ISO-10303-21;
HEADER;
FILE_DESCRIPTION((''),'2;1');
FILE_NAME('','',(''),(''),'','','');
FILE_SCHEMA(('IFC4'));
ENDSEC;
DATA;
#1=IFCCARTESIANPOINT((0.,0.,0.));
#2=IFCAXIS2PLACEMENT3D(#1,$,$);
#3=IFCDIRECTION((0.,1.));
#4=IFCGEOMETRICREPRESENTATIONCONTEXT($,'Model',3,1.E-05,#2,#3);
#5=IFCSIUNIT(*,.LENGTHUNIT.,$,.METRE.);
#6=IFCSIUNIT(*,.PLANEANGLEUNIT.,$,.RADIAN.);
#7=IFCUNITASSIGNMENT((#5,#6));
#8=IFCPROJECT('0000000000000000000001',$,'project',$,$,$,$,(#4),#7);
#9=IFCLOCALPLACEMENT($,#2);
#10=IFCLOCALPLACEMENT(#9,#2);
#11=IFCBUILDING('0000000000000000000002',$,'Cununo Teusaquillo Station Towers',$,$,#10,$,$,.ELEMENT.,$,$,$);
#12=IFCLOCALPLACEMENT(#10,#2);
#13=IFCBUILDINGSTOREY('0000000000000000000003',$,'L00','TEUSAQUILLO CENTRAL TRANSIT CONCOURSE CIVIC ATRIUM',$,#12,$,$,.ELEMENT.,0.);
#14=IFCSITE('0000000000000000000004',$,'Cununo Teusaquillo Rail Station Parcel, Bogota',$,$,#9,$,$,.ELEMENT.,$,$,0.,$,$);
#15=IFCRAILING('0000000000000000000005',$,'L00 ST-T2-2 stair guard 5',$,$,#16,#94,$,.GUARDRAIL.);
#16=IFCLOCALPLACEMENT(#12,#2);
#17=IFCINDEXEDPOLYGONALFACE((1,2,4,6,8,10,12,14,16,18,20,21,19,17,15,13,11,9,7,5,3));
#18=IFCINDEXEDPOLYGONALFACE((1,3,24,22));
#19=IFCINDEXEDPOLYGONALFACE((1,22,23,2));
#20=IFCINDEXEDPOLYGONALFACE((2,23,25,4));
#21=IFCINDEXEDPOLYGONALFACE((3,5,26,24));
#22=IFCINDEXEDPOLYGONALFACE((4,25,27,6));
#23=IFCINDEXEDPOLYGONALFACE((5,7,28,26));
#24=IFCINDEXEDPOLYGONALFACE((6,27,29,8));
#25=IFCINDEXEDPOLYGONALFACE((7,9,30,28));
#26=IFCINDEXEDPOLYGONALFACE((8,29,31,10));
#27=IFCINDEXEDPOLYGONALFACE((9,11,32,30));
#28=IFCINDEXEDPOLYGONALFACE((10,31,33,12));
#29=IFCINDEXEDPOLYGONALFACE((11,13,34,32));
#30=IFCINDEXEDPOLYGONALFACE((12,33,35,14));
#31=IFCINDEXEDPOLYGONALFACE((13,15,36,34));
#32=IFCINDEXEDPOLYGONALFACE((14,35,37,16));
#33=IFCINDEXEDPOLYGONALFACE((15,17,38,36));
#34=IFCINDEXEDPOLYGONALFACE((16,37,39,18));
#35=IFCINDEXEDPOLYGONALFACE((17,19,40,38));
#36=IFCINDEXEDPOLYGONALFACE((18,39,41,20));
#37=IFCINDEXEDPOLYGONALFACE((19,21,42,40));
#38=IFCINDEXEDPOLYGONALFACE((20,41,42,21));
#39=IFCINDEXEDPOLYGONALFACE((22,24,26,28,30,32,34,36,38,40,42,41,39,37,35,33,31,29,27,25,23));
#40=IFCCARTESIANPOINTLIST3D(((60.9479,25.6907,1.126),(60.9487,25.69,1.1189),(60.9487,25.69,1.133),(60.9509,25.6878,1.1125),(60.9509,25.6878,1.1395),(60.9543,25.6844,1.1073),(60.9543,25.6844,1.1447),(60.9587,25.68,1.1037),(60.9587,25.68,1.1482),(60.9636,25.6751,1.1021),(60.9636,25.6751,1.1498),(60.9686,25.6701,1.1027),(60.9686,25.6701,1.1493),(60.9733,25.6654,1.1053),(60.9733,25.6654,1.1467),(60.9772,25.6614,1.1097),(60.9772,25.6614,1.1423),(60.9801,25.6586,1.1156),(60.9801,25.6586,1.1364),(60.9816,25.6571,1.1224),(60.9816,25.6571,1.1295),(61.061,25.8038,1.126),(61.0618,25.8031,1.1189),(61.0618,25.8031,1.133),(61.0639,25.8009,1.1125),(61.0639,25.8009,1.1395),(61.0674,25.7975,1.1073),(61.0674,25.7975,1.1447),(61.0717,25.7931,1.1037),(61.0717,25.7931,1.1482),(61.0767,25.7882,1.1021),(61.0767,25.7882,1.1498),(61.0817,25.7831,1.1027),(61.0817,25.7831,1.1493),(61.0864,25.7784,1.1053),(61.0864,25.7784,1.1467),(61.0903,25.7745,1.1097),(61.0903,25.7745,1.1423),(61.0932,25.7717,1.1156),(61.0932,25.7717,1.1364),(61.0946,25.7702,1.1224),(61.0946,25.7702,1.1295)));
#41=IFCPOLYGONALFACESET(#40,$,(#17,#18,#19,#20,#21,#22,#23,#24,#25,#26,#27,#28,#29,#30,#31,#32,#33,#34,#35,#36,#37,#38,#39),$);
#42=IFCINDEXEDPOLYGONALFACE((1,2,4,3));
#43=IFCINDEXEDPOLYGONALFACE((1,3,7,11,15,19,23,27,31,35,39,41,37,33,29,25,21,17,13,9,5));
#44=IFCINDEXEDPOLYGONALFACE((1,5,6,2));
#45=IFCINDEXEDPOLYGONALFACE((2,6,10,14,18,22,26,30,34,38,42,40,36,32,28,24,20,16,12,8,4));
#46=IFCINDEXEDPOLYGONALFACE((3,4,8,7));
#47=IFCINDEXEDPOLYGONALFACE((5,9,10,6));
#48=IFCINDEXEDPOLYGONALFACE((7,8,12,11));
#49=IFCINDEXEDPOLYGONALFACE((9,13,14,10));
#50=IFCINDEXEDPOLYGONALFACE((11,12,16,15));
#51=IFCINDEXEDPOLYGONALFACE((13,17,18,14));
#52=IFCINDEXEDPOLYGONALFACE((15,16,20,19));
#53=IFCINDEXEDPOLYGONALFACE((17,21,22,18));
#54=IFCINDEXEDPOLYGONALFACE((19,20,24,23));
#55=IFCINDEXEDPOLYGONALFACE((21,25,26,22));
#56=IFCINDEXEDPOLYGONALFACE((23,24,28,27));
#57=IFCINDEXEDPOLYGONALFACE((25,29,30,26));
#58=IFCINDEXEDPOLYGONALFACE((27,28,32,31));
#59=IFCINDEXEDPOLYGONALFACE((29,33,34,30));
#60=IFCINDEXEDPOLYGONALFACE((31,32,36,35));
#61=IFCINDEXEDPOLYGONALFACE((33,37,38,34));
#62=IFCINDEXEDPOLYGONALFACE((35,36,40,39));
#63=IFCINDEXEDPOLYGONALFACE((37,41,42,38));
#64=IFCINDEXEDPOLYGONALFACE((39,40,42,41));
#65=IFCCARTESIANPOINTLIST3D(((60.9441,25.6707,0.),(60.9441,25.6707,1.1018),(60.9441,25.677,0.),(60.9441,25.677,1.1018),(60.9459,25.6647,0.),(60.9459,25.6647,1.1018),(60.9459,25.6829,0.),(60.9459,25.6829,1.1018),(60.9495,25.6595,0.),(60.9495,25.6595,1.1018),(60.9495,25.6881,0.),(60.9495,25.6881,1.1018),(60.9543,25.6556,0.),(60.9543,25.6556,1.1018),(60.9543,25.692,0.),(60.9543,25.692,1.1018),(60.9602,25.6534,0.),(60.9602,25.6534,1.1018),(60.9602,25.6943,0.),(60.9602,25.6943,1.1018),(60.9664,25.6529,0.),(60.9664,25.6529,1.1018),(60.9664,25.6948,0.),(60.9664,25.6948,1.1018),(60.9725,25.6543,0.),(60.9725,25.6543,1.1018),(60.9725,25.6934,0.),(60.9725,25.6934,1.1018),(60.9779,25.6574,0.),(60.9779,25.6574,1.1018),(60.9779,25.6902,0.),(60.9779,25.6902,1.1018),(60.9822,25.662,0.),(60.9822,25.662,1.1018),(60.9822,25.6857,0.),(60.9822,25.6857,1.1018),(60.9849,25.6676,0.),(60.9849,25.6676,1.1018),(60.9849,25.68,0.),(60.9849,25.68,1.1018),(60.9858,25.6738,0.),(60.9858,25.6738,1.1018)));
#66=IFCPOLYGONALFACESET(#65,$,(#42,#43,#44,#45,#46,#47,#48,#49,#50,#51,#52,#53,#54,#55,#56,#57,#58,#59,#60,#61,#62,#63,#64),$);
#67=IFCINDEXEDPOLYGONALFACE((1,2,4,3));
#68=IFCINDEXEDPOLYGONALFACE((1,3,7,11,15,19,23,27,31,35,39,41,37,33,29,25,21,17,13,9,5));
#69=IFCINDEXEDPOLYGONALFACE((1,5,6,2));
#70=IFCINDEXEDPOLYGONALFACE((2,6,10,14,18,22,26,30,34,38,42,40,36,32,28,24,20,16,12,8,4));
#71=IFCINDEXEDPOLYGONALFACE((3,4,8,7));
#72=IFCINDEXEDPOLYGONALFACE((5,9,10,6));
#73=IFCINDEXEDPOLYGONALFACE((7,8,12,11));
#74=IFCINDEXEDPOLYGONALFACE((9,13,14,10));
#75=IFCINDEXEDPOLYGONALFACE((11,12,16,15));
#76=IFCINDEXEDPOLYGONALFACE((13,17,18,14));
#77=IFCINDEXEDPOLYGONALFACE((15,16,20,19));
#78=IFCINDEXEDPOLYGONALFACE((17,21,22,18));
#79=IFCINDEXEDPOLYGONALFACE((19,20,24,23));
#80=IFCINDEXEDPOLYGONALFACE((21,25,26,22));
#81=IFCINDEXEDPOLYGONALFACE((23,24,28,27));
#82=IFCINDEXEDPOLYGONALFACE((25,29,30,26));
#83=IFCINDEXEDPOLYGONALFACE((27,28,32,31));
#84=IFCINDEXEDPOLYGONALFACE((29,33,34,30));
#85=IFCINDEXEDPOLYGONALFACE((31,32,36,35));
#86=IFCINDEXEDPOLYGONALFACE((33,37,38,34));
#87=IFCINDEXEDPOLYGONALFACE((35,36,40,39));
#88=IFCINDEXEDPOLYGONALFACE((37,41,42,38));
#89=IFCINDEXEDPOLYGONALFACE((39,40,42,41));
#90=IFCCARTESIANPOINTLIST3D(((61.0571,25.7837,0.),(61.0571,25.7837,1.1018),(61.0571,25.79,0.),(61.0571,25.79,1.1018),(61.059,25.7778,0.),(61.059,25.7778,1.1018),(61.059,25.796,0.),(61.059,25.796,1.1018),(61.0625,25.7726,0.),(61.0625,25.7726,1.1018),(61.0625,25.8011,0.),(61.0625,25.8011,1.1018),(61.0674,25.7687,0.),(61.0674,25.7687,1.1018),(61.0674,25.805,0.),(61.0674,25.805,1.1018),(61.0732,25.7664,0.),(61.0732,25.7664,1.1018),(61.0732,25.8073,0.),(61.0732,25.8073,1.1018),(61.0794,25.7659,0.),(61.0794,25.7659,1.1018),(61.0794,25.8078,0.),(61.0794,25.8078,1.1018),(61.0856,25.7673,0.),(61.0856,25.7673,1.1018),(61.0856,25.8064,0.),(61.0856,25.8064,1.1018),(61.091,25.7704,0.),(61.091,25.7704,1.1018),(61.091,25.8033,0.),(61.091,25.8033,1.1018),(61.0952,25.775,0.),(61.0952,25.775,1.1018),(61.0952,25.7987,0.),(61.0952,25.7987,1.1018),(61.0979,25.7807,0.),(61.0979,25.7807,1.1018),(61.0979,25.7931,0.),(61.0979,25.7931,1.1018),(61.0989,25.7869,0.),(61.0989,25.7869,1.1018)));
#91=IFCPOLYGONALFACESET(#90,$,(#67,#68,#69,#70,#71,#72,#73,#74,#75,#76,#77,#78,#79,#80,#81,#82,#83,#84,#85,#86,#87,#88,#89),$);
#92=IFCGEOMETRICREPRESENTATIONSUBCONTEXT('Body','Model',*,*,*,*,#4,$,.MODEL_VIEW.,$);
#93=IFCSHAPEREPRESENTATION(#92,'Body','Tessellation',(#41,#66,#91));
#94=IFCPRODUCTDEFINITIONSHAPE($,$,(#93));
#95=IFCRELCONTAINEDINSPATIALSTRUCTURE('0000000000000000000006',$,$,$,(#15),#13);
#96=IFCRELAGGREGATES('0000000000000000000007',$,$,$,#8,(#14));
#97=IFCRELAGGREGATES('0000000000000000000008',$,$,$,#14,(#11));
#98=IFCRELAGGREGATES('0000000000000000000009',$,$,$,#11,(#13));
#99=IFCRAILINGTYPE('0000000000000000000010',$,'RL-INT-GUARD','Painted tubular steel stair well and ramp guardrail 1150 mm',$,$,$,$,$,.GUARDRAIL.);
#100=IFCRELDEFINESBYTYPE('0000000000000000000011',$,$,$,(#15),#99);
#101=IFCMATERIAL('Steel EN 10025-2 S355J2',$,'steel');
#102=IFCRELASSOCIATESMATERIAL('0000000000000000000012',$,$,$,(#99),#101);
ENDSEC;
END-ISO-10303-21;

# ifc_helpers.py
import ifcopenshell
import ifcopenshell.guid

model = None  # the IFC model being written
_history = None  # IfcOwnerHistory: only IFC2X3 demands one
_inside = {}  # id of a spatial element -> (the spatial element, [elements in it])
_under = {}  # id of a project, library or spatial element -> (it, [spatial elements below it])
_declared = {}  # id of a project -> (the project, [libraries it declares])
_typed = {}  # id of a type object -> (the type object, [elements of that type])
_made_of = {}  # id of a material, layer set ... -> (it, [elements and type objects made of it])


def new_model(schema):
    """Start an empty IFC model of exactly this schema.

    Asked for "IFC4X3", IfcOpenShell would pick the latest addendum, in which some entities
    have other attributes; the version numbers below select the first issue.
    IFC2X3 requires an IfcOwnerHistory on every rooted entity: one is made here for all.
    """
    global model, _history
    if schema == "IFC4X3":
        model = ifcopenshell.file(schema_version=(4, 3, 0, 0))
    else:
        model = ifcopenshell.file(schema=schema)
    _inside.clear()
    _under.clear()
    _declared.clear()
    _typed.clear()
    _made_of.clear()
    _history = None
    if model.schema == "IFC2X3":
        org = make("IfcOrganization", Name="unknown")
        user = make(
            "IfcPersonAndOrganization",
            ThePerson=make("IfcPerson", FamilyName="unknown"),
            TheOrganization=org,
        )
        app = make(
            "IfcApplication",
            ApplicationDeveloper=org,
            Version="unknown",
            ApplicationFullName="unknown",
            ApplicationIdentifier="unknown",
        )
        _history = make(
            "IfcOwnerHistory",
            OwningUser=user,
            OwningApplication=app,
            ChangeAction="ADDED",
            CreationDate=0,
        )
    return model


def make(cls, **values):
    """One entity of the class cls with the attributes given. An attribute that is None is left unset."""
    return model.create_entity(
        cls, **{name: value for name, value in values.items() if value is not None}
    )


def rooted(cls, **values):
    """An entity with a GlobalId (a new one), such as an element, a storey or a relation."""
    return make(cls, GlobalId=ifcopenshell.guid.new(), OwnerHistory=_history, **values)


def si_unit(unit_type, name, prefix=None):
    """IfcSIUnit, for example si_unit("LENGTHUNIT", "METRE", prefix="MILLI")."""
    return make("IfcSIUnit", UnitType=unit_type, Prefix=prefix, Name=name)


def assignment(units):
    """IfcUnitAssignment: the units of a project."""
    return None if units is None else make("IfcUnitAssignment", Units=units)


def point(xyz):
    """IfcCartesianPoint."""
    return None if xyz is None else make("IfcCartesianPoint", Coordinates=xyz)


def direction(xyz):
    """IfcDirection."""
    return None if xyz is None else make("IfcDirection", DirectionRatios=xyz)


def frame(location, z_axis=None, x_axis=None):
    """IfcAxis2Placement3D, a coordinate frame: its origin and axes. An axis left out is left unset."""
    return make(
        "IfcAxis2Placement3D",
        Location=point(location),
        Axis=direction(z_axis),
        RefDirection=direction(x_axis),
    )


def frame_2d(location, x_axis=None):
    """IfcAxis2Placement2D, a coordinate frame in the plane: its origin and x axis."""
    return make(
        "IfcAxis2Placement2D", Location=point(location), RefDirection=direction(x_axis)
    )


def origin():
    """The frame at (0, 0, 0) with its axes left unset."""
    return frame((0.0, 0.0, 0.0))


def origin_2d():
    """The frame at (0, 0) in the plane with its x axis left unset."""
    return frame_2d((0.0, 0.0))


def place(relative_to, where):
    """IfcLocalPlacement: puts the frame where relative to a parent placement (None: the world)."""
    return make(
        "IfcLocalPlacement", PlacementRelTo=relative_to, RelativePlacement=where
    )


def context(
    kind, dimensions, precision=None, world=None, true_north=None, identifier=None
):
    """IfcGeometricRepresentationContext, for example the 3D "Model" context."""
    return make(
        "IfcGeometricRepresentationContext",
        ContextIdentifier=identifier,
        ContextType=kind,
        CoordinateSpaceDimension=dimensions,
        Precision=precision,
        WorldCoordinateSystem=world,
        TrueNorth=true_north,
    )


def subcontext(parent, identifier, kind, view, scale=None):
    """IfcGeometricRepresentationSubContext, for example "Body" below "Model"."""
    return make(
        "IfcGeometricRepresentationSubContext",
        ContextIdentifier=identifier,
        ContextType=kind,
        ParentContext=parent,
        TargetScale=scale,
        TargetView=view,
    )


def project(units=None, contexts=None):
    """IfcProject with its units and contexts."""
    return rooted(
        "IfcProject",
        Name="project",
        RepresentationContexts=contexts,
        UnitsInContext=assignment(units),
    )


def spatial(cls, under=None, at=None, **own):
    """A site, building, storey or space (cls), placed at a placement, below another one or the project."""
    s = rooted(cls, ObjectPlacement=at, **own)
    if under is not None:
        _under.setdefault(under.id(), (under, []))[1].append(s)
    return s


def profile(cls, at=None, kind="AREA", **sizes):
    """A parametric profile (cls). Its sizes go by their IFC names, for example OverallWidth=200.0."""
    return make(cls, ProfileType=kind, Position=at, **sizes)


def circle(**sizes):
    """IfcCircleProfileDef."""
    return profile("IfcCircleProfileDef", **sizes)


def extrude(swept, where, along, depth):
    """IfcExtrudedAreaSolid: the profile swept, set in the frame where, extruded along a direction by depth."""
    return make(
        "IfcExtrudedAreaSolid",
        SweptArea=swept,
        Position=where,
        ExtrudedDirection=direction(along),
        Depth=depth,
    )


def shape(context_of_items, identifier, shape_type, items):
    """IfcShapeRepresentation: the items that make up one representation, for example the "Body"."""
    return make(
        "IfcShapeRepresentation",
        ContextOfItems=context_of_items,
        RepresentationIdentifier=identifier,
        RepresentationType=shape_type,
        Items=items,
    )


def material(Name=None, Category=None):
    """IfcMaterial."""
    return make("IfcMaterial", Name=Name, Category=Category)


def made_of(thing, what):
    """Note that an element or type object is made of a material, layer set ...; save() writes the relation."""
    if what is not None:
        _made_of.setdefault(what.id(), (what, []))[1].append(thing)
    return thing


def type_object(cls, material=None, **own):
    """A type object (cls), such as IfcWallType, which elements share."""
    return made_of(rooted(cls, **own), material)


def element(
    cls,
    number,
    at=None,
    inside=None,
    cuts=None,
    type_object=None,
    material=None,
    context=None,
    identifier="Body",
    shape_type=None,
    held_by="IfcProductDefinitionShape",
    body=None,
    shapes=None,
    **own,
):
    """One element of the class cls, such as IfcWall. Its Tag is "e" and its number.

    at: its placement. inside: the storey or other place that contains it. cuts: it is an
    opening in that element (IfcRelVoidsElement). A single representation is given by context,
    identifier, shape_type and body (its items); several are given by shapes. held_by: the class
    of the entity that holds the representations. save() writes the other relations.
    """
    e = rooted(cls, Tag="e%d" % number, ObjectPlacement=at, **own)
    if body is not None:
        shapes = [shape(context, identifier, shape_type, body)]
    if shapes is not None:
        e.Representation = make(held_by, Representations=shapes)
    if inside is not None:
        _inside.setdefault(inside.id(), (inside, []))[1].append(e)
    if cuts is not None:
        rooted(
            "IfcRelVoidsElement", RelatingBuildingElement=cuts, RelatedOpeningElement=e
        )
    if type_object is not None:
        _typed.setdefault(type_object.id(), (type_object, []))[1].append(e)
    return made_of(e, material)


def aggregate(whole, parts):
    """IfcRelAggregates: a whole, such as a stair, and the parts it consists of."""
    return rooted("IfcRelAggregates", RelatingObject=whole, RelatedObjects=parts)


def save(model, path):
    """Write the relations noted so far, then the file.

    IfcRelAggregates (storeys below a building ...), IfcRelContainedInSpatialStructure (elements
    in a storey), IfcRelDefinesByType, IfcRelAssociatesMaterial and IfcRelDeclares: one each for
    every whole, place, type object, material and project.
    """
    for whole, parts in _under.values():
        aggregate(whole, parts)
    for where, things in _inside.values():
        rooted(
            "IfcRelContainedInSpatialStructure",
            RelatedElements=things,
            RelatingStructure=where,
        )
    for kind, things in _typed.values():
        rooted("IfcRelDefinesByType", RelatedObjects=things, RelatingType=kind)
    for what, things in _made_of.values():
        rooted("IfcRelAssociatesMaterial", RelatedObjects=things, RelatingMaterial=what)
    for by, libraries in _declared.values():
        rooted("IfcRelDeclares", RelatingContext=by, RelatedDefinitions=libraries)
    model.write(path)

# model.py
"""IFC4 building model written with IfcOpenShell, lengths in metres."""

from ifc_helpers import new_model, si_unit, direction, frame, origin, origin_2d, place, context, subcontext, project, spatial, circle, extrude, material, type_object, element, save


model = new_model("IFC4")

# Units and contexts
model_context = context("Model", 3, precision=1e-05, world=origin(), true_north=direction((0.0, 1.0)))
body_context = subcontext(model_context, "Body", "Model", "MODEL_VIEW")
ifc_project = project(units=[si_unit("LENGTHUNIT", "METRE"), si_unit("PLANEANGLEUNIT", "RADIAN")], contexts=[model_context])

# Site, building, storey
site_placement = place(None, origin())
site = spatial("IfcSite", under=ifc_project, at=site_placement, Name="Cununo Teusaquillo Rail Station Parcel, Bogota", CompositionType="ELEMENT", RefElevation=0.0)
building_placement = place(site_placement, origin())
building = spatial("IfcBuilding", under=site, at=building_placement, Name="Cununo Teusaquillo Station Towers", CompositionType="ELEMENT")
storey_placement = place(building_placement, origin())
storey = spatial("IfcBuildingStorey", under=building, at=storey_placement, Name="L00", Description="TEUSAQUILLO CENTRAL TRANSIT CONCOURSE CIVIC ATRIUM", CompositionType="ELEMENT", Elevation=0.0)

# Railing
ifc_material_1 = material(Name="Steel EN 10025-2 S355J2", Category="steel")
railing_type_1 = type_object("IfcRailingType", Name="RL-INT-GUARD", Description="Painted tubular steel stair well and ramp guardrail 1150 mm", PredefinedType="GUARDRAIL", material=ifc_material_1)
railing_1_placement = place(storey_placement, frame((60.9648, 25.6738, 0.0)))
element("IfcRailing", 1, at=railing_1_placement, inside=storey, type_object=railing_type_1, Name="L00 ST-T2-2 stair guard 5", PredefinedType="GUARDRAIL", context=body_context, shape_type="SweptSolid", body=[
    extrude(circle(Radius=0.0239, at=origin_2d()), frame((0.0, 0.0, 1.126), z_axis=(0.707107, 0.707107, 0.0), x_axis=(-0.707107, 0.707107, 0.0)), (0.0, 0.0, 1.0), 0.1599),
    extrude(circle(Radius=0.021, at=origin_2d()), origin(), (0.0, 0.0, 1.0), 1.1018),
    extrude(circle(Radius=0.021, at=origin_2d()), frame((0.113, 0.113, 0.0)), (0.0, 0.0, 1.0), 1.1018),
])

save(model, "model.ifc")
